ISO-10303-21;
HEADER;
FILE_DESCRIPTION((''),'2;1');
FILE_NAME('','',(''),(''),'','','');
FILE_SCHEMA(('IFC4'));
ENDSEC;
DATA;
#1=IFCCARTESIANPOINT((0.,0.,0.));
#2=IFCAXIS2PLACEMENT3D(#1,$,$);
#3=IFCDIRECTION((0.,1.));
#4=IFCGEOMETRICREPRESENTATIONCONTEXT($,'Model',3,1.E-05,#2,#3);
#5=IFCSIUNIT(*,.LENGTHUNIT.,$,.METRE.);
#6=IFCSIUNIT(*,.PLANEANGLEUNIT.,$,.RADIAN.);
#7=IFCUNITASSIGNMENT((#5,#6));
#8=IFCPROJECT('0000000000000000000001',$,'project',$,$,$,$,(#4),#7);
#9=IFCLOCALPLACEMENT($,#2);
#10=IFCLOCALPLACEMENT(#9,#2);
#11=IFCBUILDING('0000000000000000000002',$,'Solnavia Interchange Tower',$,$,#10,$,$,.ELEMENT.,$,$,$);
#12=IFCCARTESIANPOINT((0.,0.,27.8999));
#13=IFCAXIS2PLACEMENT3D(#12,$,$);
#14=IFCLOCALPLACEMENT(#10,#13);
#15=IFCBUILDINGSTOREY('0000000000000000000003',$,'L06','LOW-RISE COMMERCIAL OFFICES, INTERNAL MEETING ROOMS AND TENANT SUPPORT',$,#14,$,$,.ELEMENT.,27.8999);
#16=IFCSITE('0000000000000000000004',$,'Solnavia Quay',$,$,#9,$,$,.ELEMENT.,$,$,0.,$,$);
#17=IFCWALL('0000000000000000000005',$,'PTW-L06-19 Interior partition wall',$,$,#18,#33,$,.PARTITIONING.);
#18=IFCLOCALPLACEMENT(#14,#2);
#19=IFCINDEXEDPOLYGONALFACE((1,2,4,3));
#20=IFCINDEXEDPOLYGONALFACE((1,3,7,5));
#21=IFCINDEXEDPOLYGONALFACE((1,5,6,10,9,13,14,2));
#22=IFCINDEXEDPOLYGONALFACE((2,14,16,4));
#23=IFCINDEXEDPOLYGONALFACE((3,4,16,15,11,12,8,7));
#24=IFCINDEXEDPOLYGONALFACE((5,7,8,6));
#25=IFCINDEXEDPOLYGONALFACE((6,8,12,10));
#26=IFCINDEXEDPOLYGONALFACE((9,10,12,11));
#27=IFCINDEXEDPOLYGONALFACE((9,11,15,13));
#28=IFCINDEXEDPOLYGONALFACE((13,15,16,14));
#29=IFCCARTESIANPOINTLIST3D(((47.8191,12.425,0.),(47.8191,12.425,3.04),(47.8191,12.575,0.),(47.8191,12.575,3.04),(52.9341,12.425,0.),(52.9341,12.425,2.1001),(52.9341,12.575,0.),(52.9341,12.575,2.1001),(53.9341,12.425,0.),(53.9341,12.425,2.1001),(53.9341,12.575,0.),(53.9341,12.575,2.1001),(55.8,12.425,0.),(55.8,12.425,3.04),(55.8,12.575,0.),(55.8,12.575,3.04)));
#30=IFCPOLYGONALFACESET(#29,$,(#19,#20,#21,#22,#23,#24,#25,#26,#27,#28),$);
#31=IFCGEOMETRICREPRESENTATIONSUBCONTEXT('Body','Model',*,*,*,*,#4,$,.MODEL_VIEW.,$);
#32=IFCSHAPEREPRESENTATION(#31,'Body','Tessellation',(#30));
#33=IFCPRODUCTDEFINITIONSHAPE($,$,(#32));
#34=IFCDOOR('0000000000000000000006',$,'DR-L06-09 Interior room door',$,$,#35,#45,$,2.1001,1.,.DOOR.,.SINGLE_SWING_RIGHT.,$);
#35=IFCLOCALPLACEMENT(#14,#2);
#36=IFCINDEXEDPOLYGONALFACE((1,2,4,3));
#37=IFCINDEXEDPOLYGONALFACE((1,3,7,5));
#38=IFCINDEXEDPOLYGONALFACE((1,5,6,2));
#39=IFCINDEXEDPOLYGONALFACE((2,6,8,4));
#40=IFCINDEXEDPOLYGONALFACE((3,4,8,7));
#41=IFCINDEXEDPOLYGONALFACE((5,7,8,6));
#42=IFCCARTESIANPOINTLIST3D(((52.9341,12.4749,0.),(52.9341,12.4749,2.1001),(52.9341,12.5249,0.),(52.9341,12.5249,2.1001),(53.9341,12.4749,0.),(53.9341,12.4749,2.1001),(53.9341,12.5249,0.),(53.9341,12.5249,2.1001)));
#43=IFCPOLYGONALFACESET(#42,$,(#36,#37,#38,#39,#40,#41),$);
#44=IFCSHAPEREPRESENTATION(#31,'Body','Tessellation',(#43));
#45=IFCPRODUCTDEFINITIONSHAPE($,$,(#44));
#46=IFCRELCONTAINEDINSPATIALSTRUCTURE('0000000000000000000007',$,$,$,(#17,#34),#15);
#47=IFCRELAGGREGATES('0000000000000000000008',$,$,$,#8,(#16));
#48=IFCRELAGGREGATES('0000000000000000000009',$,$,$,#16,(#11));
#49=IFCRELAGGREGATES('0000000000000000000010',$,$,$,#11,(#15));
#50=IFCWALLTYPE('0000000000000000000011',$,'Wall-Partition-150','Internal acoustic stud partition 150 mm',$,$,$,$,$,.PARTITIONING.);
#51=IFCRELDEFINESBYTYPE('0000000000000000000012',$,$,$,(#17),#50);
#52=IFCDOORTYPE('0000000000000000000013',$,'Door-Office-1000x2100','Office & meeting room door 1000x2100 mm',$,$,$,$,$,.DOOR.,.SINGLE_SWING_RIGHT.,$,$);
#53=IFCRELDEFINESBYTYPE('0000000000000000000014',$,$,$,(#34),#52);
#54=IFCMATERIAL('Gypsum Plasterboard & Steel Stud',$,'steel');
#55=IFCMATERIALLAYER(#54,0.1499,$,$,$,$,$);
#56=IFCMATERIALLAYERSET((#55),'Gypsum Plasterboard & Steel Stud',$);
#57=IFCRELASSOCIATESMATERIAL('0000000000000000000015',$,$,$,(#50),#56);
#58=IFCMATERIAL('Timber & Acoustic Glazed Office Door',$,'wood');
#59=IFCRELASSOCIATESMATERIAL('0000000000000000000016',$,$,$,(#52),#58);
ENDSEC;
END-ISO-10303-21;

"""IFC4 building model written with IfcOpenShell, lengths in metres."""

from ifc_helpers import new_model, si_unit, direction, frame, frame_2d, origin, place, context, subcontext, project, spatial, rectangle, extrude, material, layer, layer_set, type_object, element, fill, save


model = new_model("IFC4")

# Units and contexts
model_context = context("Model", 3, precision=1e-05, world=origin(), true_north=direction((0.0, 1.0)))
body_context = subcontext(model_context, "Body", "Model", "MODEL_VIEW")
ifc_project = project(units=[si_unit("LENGTHUNIT", "METRE"), si_unit("PLANEANGLEUNIT", "RADIAN")], contexts=[model_context])

# Site, building, storey
site_placement = place(None, origin())
site = spatial("IfcSite", under=ifc_project, at=site_placement, Name="Solnavia Quay", CompositionType="ELEMENT", RefElevation=0.0)
building_placement = place(site_placement, origin())
building = spatial("IfcBuilding", under=site, at=building_placement, Name="Solnavia Interchange Tower", CompositionType="ELEMENT")
storey_placement = place(building_placement, frame((0.0, 0.0, 27.8999)))
storey = spatial("IfcBuildingStorey", under=building, at=storey_placement, Name="L06", Description="LOW-RISE COMMERCIAL OFFICES, INTERNAL MEETING ROOMS AND TENANT SUPPORT", CompositionType="ELEMENT", Elevation=27.8999)

# Shared definitions
ifc_material_1 = material(Name="Gypsum Plasterboard & Steel Stud", Category="steel")
ifc_layer_1 = layer(ifc_material_1, 0.1499)
ifc_layer_set_1 = layer_set([ifc_layer_1], Name="Gypsum Plasterboard & Steel Stud")
wall_type_1 = type_object("IfcWallType", Name="Wall-Partition-150", Description="Internal acoustic stud partition 150 mm", PredefinedType="PARTITIONING", material=ifc_layer_set_1)

# Shared definitions
ifc_material_2 = material(Name="Timber & Acoustic Glazed Office Door", Category="wood")
door_type = type_object("IfcDoorType", Name="Door-Office-1000x2100", Description="Office & meeting room door 1000x2100 mm", OperationType="SINGLE_SWING_RIGHT", PredefinedType="DOOR", material=ifc_material_2)

# Wall, opening, door
wall_1_placement = place(storey_placement, frame((47.8191, 12.5, 0.0), z_axis=(0.0, 0.0, 1.0), x_axis=(1.0, 0.0, 0.0)))
wall_1 = element("IfcWall", 1, at=wall_1_placement, inside=storey, type_object=wall_type_1, Name="PTW-L06-19 Interior partition wall", PredefinedType="PARTITIONING", context=body_context, shape_type="SweptSolid", body=[
    extrude(rectangle(XDim=7.981, YDim=0.1499, at=frame_2d((3.9905, 0.0))), origin(), (0.0, 0.0, 1.0), 3.04),
])
opening_1_placement = place(wall_1_placement, frame((5.115, 0.0, 0.0)))
opening_1 = element("IfcOpeningElement", 2, at=opening_1_placement, cuts=wall_1, PredefinedType="OPENING", context=body_context, shape_type="SweptSolid", body=[
    extrude(rectangle(XDim=1.0, YDim=2.1001, at=frame_2d((0.5, 1.05))), frame((0.0, 0.085, 0.0), z_axis=(0.0, -1.0, 0.0), x_axis=(1.0, 0.0, 0.0)), (0.0, 0.0, 1.0), 0.1699),
])
door_1_placement = place(opening_1_placement, origin())
door_1 = element("IfcDoor", 3, at=door_1_placement, inside=storey, type_object=door_type, Name="DR-L06-09 Interior room door", OperationType="SINGLE_SWING_RIGHT", OverallHeight=2.1001, OverallWidth=1.0, PredefinedType="DOOR", context=body_context, shape_type="SweptSolid", body=[
    extrude(rectangle(XDim=1.0, YDim=2.1001, at=frame_2d((0.5, 1.05))), frame((0.0, 0.0249, 0.0), z_axis=(0.0, -1.0, 0.0), x_axis=(1.0, 0.0, 0.0)), (0.0, 0.0, 1.0), 0.05),
])
fill(opening_1, door_1)

save(model, "model.ifc")
